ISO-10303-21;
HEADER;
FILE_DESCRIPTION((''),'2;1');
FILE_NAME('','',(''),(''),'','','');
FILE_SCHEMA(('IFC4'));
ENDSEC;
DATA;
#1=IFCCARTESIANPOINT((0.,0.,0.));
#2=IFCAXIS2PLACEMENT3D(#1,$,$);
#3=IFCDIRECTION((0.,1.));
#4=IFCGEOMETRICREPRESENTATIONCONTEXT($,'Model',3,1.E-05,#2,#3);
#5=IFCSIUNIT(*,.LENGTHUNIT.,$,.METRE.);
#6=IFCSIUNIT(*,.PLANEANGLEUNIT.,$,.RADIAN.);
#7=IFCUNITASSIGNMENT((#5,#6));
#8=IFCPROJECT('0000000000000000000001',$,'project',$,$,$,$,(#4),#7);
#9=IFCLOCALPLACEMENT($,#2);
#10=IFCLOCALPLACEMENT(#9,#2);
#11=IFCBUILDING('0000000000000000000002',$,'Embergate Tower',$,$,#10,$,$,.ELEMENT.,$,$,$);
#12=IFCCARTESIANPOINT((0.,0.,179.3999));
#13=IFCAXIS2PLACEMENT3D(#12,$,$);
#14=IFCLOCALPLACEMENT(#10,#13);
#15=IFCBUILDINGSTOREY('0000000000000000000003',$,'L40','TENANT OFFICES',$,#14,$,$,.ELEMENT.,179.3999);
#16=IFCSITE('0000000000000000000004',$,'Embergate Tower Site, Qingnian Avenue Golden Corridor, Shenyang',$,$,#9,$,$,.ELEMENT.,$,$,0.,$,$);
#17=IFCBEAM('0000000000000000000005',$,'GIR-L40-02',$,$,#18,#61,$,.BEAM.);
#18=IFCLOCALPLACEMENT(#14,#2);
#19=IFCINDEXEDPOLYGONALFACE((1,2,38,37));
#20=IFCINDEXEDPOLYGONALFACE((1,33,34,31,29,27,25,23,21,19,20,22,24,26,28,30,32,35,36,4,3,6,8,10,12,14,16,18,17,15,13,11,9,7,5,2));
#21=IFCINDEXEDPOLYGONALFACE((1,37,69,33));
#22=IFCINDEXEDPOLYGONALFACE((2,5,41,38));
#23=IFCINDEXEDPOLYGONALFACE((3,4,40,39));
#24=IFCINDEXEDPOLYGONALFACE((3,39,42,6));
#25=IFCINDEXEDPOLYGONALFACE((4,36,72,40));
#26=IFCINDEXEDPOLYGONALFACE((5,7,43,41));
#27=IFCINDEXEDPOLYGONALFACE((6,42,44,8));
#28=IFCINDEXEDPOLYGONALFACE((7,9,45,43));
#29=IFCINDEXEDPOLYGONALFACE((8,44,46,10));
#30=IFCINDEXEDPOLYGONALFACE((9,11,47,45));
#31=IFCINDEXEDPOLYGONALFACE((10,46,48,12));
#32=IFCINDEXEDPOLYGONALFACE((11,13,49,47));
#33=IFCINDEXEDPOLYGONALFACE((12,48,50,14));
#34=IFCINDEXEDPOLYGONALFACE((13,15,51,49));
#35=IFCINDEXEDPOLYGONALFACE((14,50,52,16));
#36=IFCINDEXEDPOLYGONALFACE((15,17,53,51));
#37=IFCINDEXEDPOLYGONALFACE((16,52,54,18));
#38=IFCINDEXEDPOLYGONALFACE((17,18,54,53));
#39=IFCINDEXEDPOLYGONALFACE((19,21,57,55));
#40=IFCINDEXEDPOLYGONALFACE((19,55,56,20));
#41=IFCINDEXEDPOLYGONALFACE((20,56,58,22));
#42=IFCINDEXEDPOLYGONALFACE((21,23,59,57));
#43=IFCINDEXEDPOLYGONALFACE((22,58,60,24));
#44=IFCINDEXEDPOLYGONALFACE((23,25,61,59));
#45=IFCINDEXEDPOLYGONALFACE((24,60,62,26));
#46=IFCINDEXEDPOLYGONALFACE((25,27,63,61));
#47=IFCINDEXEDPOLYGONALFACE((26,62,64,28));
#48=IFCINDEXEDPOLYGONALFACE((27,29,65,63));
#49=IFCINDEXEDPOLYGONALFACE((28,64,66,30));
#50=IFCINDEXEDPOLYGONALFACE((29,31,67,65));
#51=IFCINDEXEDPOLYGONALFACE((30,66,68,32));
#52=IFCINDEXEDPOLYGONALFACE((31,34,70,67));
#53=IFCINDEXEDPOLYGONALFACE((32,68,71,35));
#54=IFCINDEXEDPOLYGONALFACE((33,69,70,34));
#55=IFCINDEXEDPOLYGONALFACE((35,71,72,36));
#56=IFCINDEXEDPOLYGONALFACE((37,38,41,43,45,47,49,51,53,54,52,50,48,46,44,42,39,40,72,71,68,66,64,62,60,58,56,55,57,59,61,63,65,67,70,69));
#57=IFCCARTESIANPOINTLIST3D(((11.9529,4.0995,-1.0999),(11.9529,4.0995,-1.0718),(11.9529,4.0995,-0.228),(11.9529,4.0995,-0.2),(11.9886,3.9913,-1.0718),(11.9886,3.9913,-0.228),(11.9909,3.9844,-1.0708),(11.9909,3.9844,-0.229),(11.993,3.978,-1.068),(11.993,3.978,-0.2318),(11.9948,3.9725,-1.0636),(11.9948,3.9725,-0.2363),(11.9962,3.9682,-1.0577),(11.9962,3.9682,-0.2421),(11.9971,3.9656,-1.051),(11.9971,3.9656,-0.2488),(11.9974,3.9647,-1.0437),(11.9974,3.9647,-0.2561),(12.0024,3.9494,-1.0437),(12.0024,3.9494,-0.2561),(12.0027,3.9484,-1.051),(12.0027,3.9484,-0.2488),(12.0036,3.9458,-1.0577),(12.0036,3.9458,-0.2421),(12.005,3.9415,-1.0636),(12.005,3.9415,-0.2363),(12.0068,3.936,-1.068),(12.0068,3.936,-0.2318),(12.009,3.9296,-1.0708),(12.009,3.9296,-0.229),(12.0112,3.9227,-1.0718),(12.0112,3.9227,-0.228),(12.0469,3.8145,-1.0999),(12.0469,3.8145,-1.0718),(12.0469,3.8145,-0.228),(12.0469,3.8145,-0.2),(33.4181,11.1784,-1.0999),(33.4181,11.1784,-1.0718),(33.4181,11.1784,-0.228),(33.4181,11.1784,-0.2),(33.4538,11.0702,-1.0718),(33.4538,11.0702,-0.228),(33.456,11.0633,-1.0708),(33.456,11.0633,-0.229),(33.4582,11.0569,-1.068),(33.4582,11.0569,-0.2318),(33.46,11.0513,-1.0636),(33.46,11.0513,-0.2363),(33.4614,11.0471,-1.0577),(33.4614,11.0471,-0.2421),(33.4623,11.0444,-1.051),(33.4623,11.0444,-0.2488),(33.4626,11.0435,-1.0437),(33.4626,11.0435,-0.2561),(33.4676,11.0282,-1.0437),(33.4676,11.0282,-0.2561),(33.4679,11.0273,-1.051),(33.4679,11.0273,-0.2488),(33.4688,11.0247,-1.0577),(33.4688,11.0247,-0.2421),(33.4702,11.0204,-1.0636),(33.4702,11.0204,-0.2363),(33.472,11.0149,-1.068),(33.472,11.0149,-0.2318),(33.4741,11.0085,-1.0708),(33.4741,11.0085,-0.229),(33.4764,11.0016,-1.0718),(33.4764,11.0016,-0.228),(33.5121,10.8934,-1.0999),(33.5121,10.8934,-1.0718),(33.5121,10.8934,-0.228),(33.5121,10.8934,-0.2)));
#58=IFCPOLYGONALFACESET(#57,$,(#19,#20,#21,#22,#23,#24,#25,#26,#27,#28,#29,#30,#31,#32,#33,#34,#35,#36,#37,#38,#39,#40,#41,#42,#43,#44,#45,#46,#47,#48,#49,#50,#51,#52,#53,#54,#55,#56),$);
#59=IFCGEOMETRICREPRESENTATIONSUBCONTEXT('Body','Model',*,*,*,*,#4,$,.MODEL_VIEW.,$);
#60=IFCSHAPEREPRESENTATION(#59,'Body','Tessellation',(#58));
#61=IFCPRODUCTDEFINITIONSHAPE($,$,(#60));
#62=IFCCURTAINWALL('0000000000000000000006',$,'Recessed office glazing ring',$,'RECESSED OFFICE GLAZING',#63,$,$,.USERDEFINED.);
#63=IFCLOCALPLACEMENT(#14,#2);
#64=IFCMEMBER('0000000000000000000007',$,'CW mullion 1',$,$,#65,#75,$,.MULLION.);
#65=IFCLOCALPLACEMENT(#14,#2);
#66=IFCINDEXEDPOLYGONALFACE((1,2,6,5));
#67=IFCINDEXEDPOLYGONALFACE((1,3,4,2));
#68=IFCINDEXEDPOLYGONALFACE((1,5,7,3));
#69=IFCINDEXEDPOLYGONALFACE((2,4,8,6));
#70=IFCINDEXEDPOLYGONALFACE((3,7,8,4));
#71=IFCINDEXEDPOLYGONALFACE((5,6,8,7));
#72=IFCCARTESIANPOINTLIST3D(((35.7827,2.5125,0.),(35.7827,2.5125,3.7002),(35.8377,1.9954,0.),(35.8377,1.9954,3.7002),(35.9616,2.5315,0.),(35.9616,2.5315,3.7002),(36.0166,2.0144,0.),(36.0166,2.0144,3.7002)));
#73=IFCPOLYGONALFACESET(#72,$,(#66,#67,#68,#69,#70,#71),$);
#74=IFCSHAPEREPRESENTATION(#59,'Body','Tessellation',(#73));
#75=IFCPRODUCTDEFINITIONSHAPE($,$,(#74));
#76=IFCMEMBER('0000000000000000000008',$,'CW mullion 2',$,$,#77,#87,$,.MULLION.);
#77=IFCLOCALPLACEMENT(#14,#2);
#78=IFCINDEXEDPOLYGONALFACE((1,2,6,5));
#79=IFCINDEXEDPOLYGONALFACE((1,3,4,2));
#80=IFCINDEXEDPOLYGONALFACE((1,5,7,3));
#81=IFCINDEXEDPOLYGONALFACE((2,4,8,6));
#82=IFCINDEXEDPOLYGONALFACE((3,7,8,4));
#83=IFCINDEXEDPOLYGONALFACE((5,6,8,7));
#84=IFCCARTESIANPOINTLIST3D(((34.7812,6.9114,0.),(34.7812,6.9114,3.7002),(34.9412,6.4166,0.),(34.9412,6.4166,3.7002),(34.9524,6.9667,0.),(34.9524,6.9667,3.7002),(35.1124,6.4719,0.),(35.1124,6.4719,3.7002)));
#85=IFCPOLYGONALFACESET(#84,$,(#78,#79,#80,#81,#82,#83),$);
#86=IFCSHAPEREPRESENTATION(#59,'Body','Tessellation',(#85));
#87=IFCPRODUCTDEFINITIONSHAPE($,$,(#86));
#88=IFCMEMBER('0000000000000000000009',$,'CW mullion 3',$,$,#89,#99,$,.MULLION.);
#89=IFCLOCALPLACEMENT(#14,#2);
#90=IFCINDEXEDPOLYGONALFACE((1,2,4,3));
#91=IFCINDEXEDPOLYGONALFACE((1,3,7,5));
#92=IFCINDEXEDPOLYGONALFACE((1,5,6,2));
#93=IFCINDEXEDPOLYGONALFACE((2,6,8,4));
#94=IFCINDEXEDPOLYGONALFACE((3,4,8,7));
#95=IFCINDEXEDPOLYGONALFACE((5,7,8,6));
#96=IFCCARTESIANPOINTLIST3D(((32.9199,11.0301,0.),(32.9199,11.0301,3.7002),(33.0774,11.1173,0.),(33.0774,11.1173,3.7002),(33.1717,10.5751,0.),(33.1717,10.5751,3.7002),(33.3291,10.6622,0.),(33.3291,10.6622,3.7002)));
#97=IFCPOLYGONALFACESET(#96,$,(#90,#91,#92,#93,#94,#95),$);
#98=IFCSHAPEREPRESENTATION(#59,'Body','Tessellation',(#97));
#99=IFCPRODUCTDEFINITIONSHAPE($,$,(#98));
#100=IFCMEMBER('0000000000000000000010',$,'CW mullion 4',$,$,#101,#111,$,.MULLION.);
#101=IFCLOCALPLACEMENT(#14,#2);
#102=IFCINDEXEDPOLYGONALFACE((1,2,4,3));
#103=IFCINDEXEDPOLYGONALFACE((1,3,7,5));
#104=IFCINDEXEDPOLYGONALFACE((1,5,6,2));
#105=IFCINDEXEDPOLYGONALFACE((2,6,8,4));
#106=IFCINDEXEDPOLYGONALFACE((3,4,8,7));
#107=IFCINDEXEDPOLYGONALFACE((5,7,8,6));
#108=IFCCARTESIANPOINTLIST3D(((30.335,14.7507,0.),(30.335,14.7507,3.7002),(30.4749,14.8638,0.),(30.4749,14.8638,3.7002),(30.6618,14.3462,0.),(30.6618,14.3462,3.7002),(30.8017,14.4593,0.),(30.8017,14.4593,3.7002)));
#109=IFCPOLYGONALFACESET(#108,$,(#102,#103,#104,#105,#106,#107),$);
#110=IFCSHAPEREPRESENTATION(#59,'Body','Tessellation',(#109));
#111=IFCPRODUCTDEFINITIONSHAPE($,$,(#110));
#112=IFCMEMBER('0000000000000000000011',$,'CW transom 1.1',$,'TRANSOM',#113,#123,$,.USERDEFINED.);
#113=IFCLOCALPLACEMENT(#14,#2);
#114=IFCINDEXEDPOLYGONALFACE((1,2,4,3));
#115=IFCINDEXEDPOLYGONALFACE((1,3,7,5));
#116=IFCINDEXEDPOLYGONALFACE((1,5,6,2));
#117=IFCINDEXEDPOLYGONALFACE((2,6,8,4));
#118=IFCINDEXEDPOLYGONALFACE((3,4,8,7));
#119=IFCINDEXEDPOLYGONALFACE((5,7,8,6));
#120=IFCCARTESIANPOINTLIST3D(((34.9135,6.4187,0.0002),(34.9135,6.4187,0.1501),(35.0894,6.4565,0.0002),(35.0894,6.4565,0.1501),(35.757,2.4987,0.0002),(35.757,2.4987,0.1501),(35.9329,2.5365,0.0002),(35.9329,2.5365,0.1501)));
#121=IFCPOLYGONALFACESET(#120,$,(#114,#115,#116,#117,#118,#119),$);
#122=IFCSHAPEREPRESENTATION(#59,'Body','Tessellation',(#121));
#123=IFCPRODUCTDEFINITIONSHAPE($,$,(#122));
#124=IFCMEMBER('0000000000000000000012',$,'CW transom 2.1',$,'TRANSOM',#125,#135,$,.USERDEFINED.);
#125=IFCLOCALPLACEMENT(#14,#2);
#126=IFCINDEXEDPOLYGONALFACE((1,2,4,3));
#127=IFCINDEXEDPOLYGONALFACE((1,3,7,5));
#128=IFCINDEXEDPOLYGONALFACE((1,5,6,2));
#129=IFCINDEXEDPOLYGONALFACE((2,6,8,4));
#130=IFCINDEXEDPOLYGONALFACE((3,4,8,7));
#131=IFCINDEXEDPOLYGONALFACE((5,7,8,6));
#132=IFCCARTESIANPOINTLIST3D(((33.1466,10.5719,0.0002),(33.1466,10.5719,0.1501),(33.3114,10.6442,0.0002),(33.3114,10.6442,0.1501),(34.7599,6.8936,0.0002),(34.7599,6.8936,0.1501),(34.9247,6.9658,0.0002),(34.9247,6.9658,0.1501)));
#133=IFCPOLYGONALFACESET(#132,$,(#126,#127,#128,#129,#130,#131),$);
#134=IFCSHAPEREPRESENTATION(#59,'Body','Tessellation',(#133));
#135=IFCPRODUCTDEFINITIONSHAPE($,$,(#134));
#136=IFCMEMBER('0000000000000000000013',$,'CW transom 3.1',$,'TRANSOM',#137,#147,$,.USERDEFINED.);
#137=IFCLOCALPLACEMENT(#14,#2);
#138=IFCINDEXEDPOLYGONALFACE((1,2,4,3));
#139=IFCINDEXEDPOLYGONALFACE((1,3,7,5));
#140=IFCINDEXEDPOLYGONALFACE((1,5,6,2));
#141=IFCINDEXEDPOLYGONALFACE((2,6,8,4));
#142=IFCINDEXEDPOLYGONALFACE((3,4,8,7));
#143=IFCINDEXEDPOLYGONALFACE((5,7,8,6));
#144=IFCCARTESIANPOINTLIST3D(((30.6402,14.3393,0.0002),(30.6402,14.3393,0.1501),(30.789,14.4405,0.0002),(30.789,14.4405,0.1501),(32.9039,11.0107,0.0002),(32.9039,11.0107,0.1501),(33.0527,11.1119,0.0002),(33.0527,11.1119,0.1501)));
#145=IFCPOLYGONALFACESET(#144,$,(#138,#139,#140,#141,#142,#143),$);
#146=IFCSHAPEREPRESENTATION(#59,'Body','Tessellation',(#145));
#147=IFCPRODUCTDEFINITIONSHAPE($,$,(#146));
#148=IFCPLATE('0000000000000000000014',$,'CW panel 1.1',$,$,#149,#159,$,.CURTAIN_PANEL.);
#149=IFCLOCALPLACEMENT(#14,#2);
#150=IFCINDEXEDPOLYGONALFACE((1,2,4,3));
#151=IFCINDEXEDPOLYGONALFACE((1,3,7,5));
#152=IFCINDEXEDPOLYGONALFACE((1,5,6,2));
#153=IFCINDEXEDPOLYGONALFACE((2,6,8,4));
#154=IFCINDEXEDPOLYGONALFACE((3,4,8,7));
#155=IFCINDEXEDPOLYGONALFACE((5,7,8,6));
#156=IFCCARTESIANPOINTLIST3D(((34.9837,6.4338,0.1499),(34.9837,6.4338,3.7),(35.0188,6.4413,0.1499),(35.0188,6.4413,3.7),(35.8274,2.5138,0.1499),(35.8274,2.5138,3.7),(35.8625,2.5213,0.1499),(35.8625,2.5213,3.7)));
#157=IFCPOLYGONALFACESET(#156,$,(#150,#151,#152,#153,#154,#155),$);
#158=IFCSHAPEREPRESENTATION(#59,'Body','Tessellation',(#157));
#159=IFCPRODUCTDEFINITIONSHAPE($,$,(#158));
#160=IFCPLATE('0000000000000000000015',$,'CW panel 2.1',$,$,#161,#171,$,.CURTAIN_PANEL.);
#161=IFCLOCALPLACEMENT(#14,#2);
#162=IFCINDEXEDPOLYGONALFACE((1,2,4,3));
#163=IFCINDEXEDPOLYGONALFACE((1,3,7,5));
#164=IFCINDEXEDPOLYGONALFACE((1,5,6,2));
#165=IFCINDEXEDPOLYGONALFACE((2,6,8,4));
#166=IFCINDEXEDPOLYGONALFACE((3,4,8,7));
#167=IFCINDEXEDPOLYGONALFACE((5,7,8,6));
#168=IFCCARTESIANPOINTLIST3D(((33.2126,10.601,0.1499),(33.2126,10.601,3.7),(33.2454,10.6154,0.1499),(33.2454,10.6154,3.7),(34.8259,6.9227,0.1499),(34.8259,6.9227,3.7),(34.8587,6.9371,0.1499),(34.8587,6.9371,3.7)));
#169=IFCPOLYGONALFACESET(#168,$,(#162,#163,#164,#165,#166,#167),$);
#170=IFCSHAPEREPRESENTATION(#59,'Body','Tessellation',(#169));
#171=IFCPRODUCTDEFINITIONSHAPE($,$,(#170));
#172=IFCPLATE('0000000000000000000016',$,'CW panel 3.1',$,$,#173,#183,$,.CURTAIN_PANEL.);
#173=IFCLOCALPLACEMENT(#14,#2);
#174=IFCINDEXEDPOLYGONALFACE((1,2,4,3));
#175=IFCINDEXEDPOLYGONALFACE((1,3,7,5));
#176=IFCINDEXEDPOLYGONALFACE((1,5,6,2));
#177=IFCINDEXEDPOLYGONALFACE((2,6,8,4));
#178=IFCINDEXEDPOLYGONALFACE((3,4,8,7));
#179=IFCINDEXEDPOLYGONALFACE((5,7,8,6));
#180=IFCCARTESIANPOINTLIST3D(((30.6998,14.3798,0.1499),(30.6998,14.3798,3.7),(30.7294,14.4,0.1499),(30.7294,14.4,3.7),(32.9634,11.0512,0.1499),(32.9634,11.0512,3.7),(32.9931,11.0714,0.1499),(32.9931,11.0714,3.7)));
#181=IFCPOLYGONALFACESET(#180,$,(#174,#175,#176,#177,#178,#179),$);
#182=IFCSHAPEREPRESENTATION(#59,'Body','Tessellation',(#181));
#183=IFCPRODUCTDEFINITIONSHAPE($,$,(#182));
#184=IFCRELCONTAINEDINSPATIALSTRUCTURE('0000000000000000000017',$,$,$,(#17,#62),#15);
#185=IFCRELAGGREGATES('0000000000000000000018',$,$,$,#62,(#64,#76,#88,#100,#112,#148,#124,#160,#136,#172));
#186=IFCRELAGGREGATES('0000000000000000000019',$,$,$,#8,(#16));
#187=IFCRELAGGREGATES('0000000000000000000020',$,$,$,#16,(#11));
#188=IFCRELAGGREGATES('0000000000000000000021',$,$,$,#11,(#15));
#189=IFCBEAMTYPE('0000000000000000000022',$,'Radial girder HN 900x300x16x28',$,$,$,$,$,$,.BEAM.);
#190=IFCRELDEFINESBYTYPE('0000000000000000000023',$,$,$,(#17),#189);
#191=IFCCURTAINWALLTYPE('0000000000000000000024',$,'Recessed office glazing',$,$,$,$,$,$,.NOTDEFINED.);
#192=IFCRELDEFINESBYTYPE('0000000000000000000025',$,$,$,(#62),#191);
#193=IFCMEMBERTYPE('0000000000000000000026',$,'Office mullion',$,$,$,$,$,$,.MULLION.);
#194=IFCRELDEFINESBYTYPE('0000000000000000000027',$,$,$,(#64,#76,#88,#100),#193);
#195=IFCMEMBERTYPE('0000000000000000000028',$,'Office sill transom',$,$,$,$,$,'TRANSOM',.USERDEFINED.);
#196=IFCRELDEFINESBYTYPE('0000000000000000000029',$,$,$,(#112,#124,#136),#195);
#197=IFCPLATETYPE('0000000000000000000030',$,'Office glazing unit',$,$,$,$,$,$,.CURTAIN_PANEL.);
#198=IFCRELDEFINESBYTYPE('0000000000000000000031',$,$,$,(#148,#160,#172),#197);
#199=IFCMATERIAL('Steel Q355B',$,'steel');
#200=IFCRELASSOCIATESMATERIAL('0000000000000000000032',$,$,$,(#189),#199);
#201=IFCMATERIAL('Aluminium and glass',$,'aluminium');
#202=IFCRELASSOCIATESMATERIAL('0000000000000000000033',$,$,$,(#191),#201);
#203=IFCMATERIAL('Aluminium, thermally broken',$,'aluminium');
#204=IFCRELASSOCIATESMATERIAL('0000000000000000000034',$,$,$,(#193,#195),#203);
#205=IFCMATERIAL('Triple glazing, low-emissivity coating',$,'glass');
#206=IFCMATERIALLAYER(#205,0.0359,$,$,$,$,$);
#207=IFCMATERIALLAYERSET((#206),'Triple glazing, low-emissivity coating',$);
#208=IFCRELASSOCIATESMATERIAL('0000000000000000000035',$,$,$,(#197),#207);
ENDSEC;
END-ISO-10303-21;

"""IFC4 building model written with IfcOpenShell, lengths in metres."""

from ifc_helpers import new_model, si_unit, direction, frame, origin, origin_2d, place, context, subcontext, project, spatial, rectangle, i_section, extrude, source, transform, mapped, material, layer, layer_set, material_profile, profile_set, type_object, element, aggregate, save


model = new_model("IFC4")

# Units and contexts
model_context = context("Model", 3, precision=1e-05, world=origin(), true_north=direction((0.0, 1.0)))
body_context = subcontext(model_context, "Body", "Model", "MODEL_VIEW")
ifc_project = project(units=[si_unit("LENGTHUNIT", "METRE"), si_unit("PLANEANGLEUNIT", "RADIAN")], contexts=[model_context])

# Site, building, storey
site_placement = place(None, origin())
site = spatial("IfcSite", under=ifc_project, at=site_placement, Name="Embergate Tower Site, Qingnian Avenue Golden Corridor, Shenyang", CompositionType="ELEMENT", RefElevation=0.0)
building_placement = place(site_placement, origin())
building = spatial("IfcBuilding", under=site, at=building_placement, Name="Embergate Tower", CompositionType="ELEMENT")
storey_placement = place(building_placement, frame((0.0, 0.0, 179.3999)))
storey = spatial("IfcBuildingStorey", under=building, at=storey_placement, Name="L40", Description="TENANT OFFICES", CompositionType="ELEMENT", Elevation=179.3999)

# Beam
ifc_material_1 = material(Name="Steel Q355B", Category="steel")
ifc_material_profile_1 = material_profile(ifc_material_1, i_section(OverallWidth=0.3, OverallDepth=0.8999, WebThickness=0.0161, FlangeThickness=0.0281, FilletRadius=0.0281, at=origin_2d()), Name="HN 900x300x16x28")
ifc_profile_set_1 = profile_set([ifc_material_profile_1], Name="Steel Q355 grade B")
beam_type_1 = type_object("IfcBeamType", Name="Radial girder HN 900x300x16x28", PredefinedType="BEAM", material=ifc_profile_set_1)
shared_shape_1 = source(origin(), body_context, "Body", "SweptSolid", [
    extrude(i_section(OverallWidth=0.3, OverallDepth=0.8999, WebThickness=0.0161, FlangeThickness=0.0281, FilletRadius=0.0281, at=origin_2d()), origin(), (0.0, 0.0, 1.0), 22.6023),
])
beam_1_placement = place(storey_placement, frame((33.4651, 11.0359, -0.6499), z_axis=(-0.949689, -0.313193, 0.0), x_axis=(0.313193, -0.949689, 0.0)))
element("IfcBeam", 1, at=beam_1_placement, inside=storey, type_object=beam_type_1, Name="GIR-L40-02", PredefinedType="BEAM", context=body_context, shape_type="MappedRepresentation", body=[
    mapped(shared_shape_1, transform((0.0, 0.0, 0.0))),
])

# Curtain wall, members, plates
ifc_material_2 = material(Name="Aluminium and glass", Category="aluminium")
curtain_wall_type = type_object("IfcCurtainWallType", Name="Recessed office glazing", PredefinedType="NOTDEFINED", material=ifc_material_2)
curtain_wall_placement = place(storey_placement, origin())
curtain_wall = element("IfcCurtainWall", 2, at=curtain_wall_placement, inside=storey, type_object=curtain_wall_type, Name="Recessed office glazing ring", ObjectType="RECESSED OFFICE GLAZING", PredefinedType="USERDEFINED")
ifc_material_3 = material(Name="Aluminium, thermally broken", Category="aluminium")
ifc_material_profile_2 = material_profile(ifc_material_3, rectangle(XDim=0.1799, YDim=0.52, at=origin_2d()), Name="AL 520x180")
ifc_profile_set_2 = profile_set([ifc_material_profile_2], Name="Aluminium, thermally broken")
member_type_1 = type_object("IfcMemberType", Name="Office mullion", PredefinedType="MULLION", material=ifc_profile_set_2)
shared_shape_2 = source(origin(), body_context, "Body", "SweptSolid", [
    extrude(rectangle(XDim=0.1799, YDim=0.52, at=origin_2d()), origin(), (0.0, 0.0, 1.0), 3.7002),
])
member_1_placement = place(storey_placement, frame((35.8997, 2.2634, 0.0), z_axis=(0.0, 0.0, 1.0), x_axis=(-0.994385, -0.105825, 0.0)))
member_1 = element("IfcMember", 3, at=member_1_placement, type_object=member_type_1, Name="CW mullion 1", PredefinedType="MULLION", context=body_context, shape_type="MappedRepresentation", body=[
    mapped(shared_shape_2, transform((0.0, 0.0, 0.0))),
])
member_2_placement = place(storey_placement, frame((34.9468, 6.6917, 0.0), z_axis=(0.0, 0.0, 1.0), x_axis=(-0.951496, -0.307661, 0.0)))
member_2 = element("IfcMember", 4, at=member_2_placement, type_object=member_type_1, Name="CW mullion 2", PredefinedType="MULLION", context=body_context, shape_type="MappedRepresentation", body=[
    mapped(shared_shape_2, transform((0.0, 0.0, 0.0))),
])
member_3_placement = place(storey_placement, frame((33.1245, 10.8462, 0.0), z_axis=(0.0, 0.0, 1.0), x_axis=(-0.874999, -0.484126, 0.0)))
member_3 = element("IfcMember", 5, at=member_3_placement, type_object=member_type_1, Name="CW mullion 3", PredefinedType="MULLION", context=body_context, shape_type="MappedRepresentation", body=[
    mapped(shared_shape_2, transform((0.0, 0.0, 0.0))),
])
member_4_placement = place(storey_placement, frame((30.5684, 14.605, 0.0), z_axis=(0.0, 0.0, 1.0), x_axis=(-0.777867, -0.628429, 0.0)))
member_4 = element("IfcMember", 6, at=member_4_placement, type_object=member_type_1, Name="CW mullion 4", PredefinedType="MULLION", context=body_context, shape_type="MappedRepresentation", body=[
    mapped(shared_shape_2, transform((0.0, 0.0, 0.0))),
])
ifc_material_profile_3 = material_profile(ifc_material_3, rectangle(XDim=0.1799, YDim=0.1499, at=origin_2d()), Name="AL 150x180")
ifc_profile_set_3 = profile_set([ifc_material_profile_3], Name="Aluminium, thermally broken")
member_type_2 = type_object("IfcMemberType", Name="Office sill transom", ElementType="TRANSOM", PredefinedType="USERDEFINED", material=ifc_profile_set_3)
shared_shape_3 = source(origin(), body_context, "Body", "SweptSolid", [
    extrude(rectangle(XDim=0.1799, YDim=0.1499, at=origin_2d()), origin(), (0.0, 0.0, 1.0), 4.0098),
])
member_5_placement = place(storey_placement, frame((35.845, 2.5176, 0.0752), z_axis=(-0.210369, 0.977622, 0.0), x_axis=(-0.977622, -0.210369, 0.0)))
member_5 = element("IfcMember", 7, at=member_5_placement, type_object=member_type_2, Name="CW transom 1.1", ObjectType="TRANSOM", PredefinedType="USERDEFINED", context=body_context, shape_type="MappedRepresentation", body=[
    mapped(shared_shape_3, transform((0.0, 0.0, 0.0))),
])
shared_shape_4 = source(origin(), body_context, "Body", "SweptSolid", [
    extrude(rectangle(XDim=0.1799, YDim=0.1499, at=origin_2d()), origin(), (0.0, 0.0, 1.0), 4.0166),
])
member_6_placement = place(storey_placement, frame((34.8423, 6.9297, 0.0752), z_axis=(-0.401645, 0.915796, 0.0), x_axis=(-0.915796, -0.401645, 0.0)))
member_6 = element("IfcMember", 8, at=member_6_placement, type_object=member_type_2, Name="CW transom 2.1", ObjectType="TRANSOM", PredefinedType="USERDEFINED", context=body_context, shape_type="MappedRepresentation", body=[
    mapped(shared_shape_4, transform((0.0, 0.0, 0.0))),
])
shared_shape_5 = source(origin(), body_context, "Body", "SweptSolid", [
    extrude(rectangle(XDim=0.1799, YDim=0.1499, at=origin_2d()), origin(), (0.0, 0.0, 1.0), 4.0254),
])
member_7_placement = place(storey_placement, frame((32.9783, 11.0613, 0.0752), z_axis=(-0.562347, 0.826902, 0.0), x_axis=(-0.826902, -0.562347, 0.0)))
member_7 = element("IfcMember", 9, at=member_7_placement, type_object=member_type_2, Name="CW transom 3.1", ObjectType="TRANSOM", PredefinedType="USERDEFINED", context=body_context, shape_type="MappedRepresentation", body=[
    mapped(shared_shape_5, transform((0.0, 0.0, 0.0))),
])
ifc_material_4 = material(Name="Triple glazing, low-emissivity coating", Category="glass")
ifc_layer_1 = layer(ifc_material_4, 0.0359)
ifc_layer_set_1 = layer_set([ifc_layer_1], Name="Triple glazing, low-emissivity coating")
plate_type = type_object("IfcPlateType", Name="Office glazing unit", PredefinedType="CURTAIN_PANEL", material=ifc_layer_set_1)
shared_shape_6 = source(origin(), body_context, "Body", "SweptSolid", [
    extrude(rectangle(XDim=4.0098, YDim=0.0359, at=origin_2d()), origin(), (0.0, 0.0, 1.0), 3.55),
])
plate_1_placement = place(storey_placement, frame((35.4231, 4.4775, 0.1499), z_axis=(0.0, 0.0, 1.0), x_axis=(-0.210402, 0.977615, 0.0)))
plate_1 = element("IfcPlate", 10, at=plate_1_placement, type_object=plate_type, Name="CW panel 1.1", PredefinedType="CURTAIN_PANEL", context=body_context, shape_type="MappedRepresentation", body=[
    mapped(shared_shape_6, transform((0.0, 0.0, 0.0))),
])
shared_shape_7 = source(origin(), body_context, "Body", "SweptSolid", [
    extrude(rectangle(XDim=4.0166, YDim=0.0359, at=origin_2d()), origin(), (0.0, 0.0, 1.0), 3.55),
])
plate_2_placement = place(storey_placement, frame((34.0356, 8.769, 0.1499), z_axis=(0.0, 0.0, 1.0), x_axis=(-0.401658, 0.91579, 0.0)))
plate_2 = element("IfcPlate", 11, at=plate_2_placement, type_object=plate_type, Name="CW panel 2.1", PredefinedType="CURTAIN_PANEL", context=body_context, shape_type="MappedRepresentation", body=[
    mapped(shared_shape_7, transform((0.0, 0.0, 0.0))),
])
shared_shape_8 = source(origin(), body_context, "Body", "SweptSolid", [
    extrude(rectangle(XDim=4.0254, YDim=0.0359, at=origin_2d()), origin(), (0.0, 0.0, 1.0), 3.55),
])
plate_3_placement = place(storey_placement, frame((31.8464, 12.7256, 0.1499), z_axis=(0.0, 0.0, 1.0), x_axis=(-0.562348, 0.826901, 0.0)))
plate_3 = element("IfcPlate", 12, at=plate_3_placement, type_object=plate_type, Name="CW panel 3.1", PredefinedType="CURTAIN_PANEL", context=body_context, shape_type="MappedRepresentation", body=[
    mapped(shared_shape_8, transform((0.0, 0.0, 0.0))),
])
aggregate(curtain_wall, [member_1, member_2, member_3, member_4, member_5, plate_1, member_6, plate_2, member_7, plate_3])

save(model, "model.ifc")
